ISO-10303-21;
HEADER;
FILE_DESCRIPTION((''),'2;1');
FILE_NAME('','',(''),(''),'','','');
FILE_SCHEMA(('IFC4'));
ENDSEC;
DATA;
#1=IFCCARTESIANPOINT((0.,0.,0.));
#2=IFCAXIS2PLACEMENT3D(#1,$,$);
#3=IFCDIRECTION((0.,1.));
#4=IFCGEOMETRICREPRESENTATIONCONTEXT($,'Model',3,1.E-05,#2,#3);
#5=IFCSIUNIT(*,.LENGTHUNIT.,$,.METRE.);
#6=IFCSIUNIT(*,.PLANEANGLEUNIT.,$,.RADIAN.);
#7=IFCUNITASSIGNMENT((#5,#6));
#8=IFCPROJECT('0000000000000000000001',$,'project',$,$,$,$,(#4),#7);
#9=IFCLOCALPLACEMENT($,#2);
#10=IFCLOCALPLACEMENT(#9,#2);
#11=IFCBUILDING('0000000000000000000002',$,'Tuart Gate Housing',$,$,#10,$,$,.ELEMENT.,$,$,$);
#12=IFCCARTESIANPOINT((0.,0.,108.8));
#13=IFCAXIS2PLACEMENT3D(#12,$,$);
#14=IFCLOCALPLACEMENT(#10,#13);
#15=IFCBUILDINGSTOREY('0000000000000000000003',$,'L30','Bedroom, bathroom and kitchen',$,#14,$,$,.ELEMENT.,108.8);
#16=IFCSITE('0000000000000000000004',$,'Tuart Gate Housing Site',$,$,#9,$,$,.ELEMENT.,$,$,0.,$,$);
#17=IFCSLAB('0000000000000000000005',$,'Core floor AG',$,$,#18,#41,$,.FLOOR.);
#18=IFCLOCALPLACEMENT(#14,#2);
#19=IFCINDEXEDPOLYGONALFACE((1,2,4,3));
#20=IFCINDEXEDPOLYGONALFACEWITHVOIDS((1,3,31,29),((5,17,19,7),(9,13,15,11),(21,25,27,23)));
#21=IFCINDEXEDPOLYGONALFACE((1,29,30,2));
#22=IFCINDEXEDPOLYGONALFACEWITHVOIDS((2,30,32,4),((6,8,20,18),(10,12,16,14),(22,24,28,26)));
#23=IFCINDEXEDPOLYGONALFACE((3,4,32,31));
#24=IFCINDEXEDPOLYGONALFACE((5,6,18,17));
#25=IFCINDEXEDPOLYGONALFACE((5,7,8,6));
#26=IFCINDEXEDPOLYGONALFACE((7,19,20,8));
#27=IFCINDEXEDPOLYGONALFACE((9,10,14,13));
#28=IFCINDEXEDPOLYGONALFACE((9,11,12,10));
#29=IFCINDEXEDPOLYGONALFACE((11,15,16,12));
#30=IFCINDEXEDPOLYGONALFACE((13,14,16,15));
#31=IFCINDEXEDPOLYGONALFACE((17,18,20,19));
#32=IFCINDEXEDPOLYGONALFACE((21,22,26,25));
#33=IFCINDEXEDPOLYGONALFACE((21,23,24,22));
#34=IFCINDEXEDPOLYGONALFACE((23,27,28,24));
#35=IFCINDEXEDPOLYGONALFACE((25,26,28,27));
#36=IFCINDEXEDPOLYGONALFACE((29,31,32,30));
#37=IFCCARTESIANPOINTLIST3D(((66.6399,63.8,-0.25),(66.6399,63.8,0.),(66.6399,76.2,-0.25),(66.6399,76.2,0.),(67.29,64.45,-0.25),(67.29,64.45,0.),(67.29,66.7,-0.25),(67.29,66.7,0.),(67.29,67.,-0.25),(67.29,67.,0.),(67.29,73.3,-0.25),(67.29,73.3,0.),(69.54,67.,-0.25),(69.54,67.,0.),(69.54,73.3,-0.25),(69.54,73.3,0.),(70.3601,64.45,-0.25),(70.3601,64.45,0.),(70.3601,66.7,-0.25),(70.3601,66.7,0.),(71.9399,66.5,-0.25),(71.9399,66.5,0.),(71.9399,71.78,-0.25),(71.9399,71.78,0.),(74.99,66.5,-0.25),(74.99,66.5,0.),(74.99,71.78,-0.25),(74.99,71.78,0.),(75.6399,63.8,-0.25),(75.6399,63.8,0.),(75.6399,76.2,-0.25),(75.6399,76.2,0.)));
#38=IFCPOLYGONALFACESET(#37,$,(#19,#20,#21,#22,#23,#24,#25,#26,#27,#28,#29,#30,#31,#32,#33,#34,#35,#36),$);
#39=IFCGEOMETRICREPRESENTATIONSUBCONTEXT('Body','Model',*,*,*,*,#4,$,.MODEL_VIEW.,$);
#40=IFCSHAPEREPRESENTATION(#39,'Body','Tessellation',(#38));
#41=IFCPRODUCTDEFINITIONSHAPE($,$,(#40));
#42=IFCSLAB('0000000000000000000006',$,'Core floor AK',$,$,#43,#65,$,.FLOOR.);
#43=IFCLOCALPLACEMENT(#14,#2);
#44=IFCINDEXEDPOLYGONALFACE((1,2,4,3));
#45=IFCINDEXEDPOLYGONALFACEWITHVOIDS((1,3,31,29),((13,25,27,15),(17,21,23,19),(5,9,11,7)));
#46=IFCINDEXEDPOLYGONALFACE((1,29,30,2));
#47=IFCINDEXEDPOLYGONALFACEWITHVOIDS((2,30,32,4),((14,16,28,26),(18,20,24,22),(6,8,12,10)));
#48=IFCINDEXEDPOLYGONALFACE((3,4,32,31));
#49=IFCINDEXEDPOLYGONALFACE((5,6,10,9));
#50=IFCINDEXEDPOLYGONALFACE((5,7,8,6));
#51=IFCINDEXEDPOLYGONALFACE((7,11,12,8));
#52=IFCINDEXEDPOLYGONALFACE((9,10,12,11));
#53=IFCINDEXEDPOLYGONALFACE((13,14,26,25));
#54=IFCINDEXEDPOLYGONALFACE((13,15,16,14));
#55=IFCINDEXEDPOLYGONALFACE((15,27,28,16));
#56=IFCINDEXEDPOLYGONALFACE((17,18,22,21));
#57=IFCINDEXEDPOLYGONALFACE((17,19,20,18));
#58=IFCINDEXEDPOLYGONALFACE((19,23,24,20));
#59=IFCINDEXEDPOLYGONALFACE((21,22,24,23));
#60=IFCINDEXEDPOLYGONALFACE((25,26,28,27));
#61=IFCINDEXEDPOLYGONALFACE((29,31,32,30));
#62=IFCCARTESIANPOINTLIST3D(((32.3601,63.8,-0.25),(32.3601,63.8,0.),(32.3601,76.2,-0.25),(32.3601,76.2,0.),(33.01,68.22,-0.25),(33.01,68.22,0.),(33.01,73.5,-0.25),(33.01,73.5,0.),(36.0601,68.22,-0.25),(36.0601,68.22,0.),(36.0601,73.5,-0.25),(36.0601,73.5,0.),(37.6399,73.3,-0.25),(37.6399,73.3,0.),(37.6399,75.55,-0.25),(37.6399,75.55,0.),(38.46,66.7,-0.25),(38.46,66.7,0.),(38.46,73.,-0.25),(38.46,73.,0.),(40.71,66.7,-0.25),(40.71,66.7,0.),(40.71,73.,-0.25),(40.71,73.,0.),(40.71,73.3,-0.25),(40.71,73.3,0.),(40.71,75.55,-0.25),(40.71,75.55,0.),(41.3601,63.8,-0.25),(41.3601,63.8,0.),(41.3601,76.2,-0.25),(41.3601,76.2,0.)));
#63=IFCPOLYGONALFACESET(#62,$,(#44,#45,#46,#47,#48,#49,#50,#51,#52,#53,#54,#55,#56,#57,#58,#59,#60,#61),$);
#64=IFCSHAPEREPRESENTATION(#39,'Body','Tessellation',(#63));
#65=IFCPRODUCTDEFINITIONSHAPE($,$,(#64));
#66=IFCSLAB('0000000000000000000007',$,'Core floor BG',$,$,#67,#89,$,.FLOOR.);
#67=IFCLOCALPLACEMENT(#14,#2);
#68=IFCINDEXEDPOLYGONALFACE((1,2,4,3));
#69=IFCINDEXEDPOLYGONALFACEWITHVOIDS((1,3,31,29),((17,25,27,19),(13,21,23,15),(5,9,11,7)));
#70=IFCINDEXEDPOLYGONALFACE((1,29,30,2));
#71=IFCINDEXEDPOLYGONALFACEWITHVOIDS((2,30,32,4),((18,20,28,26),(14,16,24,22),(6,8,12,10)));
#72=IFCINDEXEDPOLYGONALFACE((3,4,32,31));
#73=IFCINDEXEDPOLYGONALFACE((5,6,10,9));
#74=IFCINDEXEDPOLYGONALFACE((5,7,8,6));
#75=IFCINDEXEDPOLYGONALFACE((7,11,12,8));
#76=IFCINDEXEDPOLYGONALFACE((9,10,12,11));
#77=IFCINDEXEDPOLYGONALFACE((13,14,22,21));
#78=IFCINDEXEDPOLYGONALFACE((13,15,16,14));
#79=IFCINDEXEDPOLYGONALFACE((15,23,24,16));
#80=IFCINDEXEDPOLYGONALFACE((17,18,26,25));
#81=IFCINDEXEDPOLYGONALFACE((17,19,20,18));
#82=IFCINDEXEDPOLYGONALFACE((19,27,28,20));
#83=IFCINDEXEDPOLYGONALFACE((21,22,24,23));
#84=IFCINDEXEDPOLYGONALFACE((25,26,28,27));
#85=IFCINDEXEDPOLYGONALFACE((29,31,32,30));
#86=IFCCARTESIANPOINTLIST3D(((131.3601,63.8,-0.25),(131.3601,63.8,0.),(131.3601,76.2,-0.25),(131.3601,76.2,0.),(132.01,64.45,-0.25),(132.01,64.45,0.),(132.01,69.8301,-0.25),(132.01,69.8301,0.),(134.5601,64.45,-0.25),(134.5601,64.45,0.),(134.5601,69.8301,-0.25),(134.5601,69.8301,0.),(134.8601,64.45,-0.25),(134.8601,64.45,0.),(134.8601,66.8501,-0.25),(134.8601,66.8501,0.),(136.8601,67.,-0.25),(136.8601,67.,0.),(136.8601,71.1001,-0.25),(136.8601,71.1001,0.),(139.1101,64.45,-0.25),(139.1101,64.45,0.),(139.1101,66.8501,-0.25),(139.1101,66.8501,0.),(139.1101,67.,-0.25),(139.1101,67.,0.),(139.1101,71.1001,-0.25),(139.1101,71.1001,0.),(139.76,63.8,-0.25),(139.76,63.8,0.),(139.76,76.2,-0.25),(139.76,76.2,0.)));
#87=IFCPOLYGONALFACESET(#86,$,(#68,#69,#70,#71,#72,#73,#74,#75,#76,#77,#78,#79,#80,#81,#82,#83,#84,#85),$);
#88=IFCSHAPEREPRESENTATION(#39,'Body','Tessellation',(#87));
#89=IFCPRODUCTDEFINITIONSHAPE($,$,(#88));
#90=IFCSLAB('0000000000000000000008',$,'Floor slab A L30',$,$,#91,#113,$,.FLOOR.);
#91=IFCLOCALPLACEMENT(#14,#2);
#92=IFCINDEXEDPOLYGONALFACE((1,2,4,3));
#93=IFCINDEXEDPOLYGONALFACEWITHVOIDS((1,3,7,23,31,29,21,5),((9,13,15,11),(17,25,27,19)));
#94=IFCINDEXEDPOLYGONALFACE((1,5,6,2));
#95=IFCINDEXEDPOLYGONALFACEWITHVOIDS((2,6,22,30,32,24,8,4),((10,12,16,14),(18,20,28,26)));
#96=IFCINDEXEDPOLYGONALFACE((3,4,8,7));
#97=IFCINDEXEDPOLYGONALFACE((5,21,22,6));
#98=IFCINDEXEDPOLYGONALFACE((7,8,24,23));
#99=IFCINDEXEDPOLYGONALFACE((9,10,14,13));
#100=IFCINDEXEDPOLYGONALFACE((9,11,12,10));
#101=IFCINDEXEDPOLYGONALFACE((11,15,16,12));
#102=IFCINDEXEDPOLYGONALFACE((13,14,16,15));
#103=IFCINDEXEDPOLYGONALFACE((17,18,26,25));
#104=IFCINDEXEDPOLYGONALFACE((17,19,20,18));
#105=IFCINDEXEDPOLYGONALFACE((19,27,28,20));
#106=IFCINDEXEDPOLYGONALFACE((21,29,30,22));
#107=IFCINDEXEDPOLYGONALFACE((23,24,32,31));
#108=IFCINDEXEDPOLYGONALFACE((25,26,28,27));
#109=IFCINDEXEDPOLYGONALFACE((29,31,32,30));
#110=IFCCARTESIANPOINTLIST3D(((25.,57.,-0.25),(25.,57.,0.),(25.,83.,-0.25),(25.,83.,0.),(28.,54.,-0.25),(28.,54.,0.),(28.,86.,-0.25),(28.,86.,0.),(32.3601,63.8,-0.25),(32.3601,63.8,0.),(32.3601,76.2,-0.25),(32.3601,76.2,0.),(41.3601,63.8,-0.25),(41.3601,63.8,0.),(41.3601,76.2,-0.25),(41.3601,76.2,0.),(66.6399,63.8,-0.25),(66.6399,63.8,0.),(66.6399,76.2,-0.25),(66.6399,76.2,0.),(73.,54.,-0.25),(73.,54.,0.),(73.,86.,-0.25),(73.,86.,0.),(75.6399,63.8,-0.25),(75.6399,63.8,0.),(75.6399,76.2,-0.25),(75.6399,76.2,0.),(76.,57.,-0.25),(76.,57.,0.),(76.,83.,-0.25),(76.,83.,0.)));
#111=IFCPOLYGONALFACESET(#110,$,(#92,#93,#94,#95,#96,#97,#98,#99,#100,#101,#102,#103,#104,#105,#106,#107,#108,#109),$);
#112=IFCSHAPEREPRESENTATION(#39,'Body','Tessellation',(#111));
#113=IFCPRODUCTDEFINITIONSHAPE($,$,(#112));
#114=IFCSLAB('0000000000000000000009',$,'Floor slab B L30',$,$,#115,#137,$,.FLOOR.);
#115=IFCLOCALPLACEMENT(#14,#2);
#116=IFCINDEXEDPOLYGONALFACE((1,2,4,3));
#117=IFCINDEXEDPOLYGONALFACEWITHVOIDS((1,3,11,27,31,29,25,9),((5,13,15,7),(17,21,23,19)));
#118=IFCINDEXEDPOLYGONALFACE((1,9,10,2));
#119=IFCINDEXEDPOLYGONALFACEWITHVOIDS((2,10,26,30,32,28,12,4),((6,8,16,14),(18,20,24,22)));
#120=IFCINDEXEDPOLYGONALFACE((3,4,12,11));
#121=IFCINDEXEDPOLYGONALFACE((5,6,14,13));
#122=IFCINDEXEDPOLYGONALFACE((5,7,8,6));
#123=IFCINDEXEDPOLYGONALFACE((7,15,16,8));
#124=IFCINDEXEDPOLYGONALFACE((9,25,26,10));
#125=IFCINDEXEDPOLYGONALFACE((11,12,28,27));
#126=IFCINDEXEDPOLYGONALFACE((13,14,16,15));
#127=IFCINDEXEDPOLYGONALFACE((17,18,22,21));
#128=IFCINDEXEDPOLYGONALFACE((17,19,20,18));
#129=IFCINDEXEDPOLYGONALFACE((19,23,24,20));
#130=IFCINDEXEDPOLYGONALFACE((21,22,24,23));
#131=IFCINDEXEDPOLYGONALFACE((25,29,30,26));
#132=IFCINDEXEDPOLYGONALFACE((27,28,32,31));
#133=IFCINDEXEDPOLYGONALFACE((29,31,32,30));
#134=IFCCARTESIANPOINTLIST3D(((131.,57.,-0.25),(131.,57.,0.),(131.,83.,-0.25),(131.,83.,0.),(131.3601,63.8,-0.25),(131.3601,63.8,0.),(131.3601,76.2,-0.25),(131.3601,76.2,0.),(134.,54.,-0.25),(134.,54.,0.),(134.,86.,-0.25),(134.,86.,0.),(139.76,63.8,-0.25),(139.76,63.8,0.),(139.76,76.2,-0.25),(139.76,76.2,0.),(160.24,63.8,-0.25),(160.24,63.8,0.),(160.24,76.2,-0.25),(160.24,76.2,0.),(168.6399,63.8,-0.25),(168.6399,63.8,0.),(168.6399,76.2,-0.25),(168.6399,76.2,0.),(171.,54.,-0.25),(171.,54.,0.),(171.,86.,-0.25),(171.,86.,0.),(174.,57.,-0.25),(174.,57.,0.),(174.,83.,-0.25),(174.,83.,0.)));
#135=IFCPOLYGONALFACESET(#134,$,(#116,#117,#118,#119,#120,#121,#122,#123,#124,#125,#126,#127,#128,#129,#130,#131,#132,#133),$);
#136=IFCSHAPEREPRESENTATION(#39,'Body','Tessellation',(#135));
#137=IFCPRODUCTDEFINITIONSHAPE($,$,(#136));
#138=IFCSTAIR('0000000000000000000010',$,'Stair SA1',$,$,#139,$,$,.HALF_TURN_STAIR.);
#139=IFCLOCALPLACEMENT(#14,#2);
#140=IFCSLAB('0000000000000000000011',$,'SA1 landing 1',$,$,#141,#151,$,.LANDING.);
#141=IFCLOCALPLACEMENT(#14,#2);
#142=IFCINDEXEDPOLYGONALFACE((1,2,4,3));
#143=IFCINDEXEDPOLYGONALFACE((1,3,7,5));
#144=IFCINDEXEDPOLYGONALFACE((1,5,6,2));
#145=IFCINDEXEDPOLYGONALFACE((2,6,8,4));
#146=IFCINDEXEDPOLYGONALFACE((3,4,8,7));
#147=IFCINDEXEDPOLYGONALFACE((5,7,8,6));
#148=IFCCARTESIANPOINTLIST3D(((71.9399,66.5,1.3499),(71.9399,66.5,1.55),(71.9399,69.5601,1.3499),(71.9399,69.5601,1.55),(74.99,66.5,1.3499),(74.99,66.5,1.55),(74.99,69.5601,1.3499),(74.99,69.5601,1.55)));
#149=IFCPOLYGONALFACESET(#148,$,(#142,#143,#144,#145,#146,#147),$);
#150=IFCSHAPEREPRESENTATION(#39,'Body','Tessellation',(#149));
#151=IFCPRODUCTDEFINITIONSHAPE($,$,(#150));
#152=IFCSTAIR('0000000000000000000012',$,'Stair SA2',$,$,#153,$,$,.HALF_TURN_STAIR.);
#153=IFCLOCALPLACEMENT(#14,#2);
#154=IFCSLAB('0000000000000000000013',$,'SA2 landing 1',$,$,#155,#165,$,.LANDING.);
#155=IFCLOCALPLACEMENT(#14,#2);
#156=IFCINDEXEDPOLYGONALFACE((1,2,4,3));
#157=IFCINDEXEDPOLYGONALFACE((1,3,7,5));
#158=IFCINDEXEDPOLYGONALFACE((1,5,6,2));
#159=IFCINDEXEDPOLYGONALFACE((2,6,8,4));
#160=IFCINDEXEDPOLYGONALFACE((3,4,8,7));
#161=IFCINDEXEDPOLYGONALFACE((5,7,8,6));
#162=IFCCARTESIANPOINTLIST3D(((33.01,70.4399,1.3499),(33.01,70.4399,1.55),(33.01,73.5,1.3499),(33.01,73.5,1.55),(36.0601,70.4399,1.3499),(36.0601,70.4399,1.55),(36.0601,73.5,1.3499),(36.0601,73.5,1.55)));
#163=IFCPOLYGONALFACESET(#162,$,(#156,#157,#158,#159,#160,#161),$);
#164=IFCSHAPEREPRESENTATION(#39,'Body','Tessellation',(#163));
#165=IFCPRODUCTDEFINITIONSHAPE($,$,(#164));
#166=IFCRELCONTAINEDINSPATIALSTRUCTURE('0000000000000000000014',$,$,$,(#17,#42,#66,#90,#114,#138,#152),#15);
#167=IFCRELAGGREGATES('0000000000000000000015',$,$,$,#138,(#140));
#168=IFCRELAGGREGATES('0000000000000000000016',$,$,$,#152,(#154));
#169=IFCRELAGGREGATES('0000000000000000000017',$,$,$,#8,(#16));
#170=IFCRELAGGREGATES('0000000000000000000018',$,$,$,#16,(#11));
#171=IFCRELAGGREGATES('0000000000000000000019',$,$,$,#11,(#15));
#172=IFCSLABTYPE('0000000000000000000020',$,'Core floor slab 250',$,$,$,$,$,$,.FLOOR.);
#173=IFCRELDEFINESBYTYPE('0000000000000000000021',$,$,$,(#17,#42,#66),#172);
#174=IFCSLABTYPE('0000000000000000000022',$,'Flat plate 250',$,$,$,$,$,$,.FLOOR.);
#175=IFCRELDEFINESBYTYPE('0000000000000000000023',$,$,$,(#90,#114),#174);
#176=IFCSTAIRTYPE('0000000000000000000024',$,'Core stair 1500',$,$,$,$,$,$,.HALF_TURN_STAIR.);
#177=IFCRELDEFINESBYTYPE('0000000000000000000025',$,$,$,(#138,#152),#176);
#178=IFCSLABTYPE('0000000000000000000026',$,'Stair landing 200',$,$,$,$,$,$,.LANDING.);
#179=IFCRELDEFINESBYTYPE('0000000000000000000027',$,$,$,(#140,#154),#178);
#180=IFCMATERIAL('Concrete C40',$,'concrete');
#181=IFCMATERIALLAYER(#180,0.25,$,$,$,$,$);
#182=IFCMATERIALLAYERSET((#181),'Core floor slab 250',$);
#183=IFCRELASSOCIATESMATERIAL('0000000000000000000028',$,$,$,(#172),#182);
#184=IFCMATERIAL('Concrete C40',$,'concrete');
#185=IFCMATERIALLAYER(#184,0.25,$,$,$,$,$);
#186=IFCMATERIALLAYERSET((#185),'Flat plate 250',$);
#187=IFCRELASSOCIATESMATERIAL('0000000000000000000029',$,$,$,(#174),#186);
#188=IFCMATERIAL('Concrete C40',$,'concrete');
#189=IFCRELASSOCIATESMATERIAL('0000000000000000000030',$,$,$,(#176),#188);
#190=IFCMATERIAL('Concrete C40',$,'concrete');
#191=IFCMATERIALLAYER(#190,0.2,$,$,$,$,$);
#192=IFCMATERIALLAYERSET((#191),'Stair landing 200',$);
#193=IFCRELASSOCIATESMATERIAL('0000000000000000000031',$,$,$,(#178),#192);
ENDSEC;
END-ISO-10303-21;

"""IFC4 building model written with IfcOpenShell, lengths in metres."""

from ifc_helpers import new_model, si_unit, direction, frame, origin, place, context, subcontext, project, spatial, polyline, outline, extrude, material, layer, layer_set, type_object, element, aggregate, save


model = new_model("IFC4")

# Units and contexts
model_context = context("Model", 3, precision=1e-05, world=origin(), true_north=direction((0.0, 1.0)))
body_context = subcontext(model_context, "Body", "Model", "MODEL_VIEW")
ifc_project = project(units=[si_unit("LENGTHUNIT", "METRE"), si_unit("PLANEANGLEUNIT", "RADIAN")], contexts=[model_context])

# Site, building, storey
site_placement = place(None, origin())
site = spatial("IfcSite", under=ifc_project, at=site_placement, Name="Tuart Gate Housing Site", CompositionType="ELEMENT", RefElevation=0.0)
building_placement = place(site_placement, origin())
building = spatial("IfcBuilding", under=site, at=building_placement, Name="Tuart Gate Housing", CompositionType="ELEMENT")
storey_placement = place(building_placement, frame((0.0, 0.0, 108.8)))
storey = spatial("IfcBuildingStorey", under=building, at=storey_placement, Name="L30", Description="Bedroom, bathroom and kitchen", CompositionType="ELEMENT", Elevation=108.8)

# Slabs
ifc_material_1 = material(Name="Concrete C40", Category="concrete")
ifc_layer_1 = layer(ifc_material_1, 0.25)
ifc_layer_set_1 = layer_set([ifc_layer_1], Name="Core floor slab 250")
slab_type_1 = type_object("IfcSlabType", Name="Core floor slab 250", PredefinedType="FLOOR", material=ifc_layer_set_1)
slab_1_placement = place(storey_placement, frame((0.0, 0.0, -0.25)))
element("IfcSlab", 1, at=slab_1_placement, inside=storey, type_object=slab_type_1, Name="Core floor AG", PredefinedType="FLOOR", context=body_context, shape_type="SweptSolid", body=[
    extrude(outline(polyline([(66.6399, 63.8), (75.6399, 63.8), (75.6399, 76.2), (66.6399, 76.2), (66.6399, 63.8)]), holes=[polyline([(67.29, 64.45), (70.3601, 64.45), (70.3601, 66.7), (67.29, 66.7), (67.29, 64.45)]), polyline([(67.29, 67.0), (69.54, 67.0), (69.54, 73.3), (67.29, 73.3), (67.29, 67.0)]), polyline([(71.9399, 66.5), (74.99, 66.5), (74.99, 71.78), (71.9399, 71.78), (71.9399, 66.5)])]), origin(), (0.0, 0.0, 1.0), 0.25),
])
slab_2_placement = place(storey_placement, frame((0.0, 0.0, -0.25)))
element("IfcSlab", 2, at=slab_2_placement, inside=storey, type_object=slab_type_1, Name="Core floor AK", PredefinedType="FLOOR", context=body_context, shape_type="SweptSolid", body=[
    extrude(outline(polyline([(32.3601, 63.8), (41.3601, 63.8), (41.3601, 76.2), (32.3601, 76.2), (32.3601, 63.8)]), holes=[polyline([(40.71, 75.55), (37.6399, 75.55), (37.6399, 73.3), (40.71, 73.3), (40.71, 75.55)]), polyline([(40.71, 73.0), (38.46, 73.0), (38.46, 66.7), (40.71, 66.7), (40.71, 73.0)]), polyline([(36.0601, 73.5), (33.01, 73.5), (33.01, 68.22), (36.0601, 68.22), (36.0601, 73.5)])]), origin(), (0.0, 0.0, 1.0), 0.25),
])
slab_3_placement = place(storey_placement, frame((0.0, 0.0, -0.25)))
element("IfcSlab", 3, at=slab_3_placement, inside=storey, type_object=slab_type_1, Name="Core floor BG", PredefinedType="FLOOR", context=body_context, shape_type="SweptSolid", body=[
    extrude(outline(polyline([(131.3601, 63.8), (139.76, 63.8), (139.76, 76.2), (131.3601, 76.2), (131.3601, 63.8)]), holes=[polyline([(139.1101, 66.8501), (134.8601, 66.8501), (134.8601, 64.45), (139.1101, 64.45), (139.1101, 66.8501)]), polyline([(139.1101, 71.1001), (136.8601, 71.1001), (136.8601, 67.0), (139.1101, 67.0), (139.1101, 71.1001)]), polyline([(134.5601, 69.8301), (132.01, 69.8301), (132.01, 64.45), (134.5601, 64.45), (134.5601, 69.8301)])]), origin(), (0.0, 0.0, 1.0), 0.25),
])
ifc_material_2 = material(Name="Concrete C40", Category="concrete")
ifc_layer_2 = layer(ifc_material_2, 0.25)
ifc_layer_set_2 = layer_set([ifc_layer_2], Name="Flat plate 250")
slab_type_2 = type_object("IfcSlabType", Name="Flat plate 250", PredefinedType="FLOOR", material=ifc_layer_set_2)
slab_4_placement = place(storey_placement, frame((0.0, 0.0, -0.25)))
element("IfcSlab", 4, at=slab_4_placement, inside=storey, type_object=slab_type_2, Name="Floor slab A L30", PredefinedType="FLOOR", context=body_context, shape_type="SweptSolid", body=[
    extrude(outline(polyline([(28.0, 86.0), (25.0, 83.0), (25.0, 57.0), (28.0, 54.0), (73.0, 54.0), (76.0, 57.0), (76.0, 83.0), (73.0, 86.0), (28.0, 86.0)]), holes=[polyline([(66.6399, 76.2), (75.6399, 76.2), (75.6399, 63.8), (66.6399, 63.8), (66.6399, 76.2)]), polyline([(41.3601, 76.2), (41.3601, 63.8), (32.3601, 63.8), (32.3601, 76.2), (41.3601, 76.2)])]), origin(), (0.0, 0.0, 1.0), 0.25),
])
slab_5_placement = place(storey_placement, frame((0.0, 0.0, -0.25)))
element("IfcSlab", 5, at=slab_5_placement, inside=storey, type_object=slab_type_2, Name="Floor slab B L30", PredefinedType="FLOOR", context=body_context, shape_type="SweptSolid", body=[
    extrude(outline(polyline([(134.0, 86.0), (131.0, 83.0), (131.0, 57.0), (134.0, 54.0), (171.0, 54.0), (174.0, 57.0), (174.0, 83.0), (171.0, 86.0), (134.0, 86.0)]), holes=[polyline([(131.3601, 76.2), (139.76, 76.2), (139.76, 63.8), (131.3601, 63.8), (131.3601, 76.2)]), polyline([(168.6399, 76.2), (168.6399, 63.8), (160.24, 63.8), (160.24, 76.2), (168.6399, 76.2)])]), origin(), (0.0, 0.0, 1.0), 0.25),
])

# Stairs, slabs
ifc_material_3 = material(Name="Concrete C40", Category="concrete")
stair_type = type_object("IfcStairType", Name="Core stair 1500", PredefinedType="HALF_TURN_STAIR", material=ifc_material_3)
stair_1_placement = place(storey_placement, origin())
stair_1 = element("IfcStair", 6, at=stair_1_placement, inside=storey, type_object=stair_type, Name="Stair SA1", PredefinedType="HALF_TURN_STAIR")
ifc_material_4 = material(Name="Concrete C40", Category="concrete")
ifc_layer_3 = layer(ifc_material_4, 0.2)
ifc_layer_set_3 = layer_set([ifc_layer_3], Name="Stair landing 200")
slab_type_3 = type_object("IfcSlabType", Name="Stair landing 200", PredefinedType="LANDING", material=ifc_layer_set_3)
slab_6_placement = place(storey_placement, frame((0.0, 0.0, 1.3499)))
slab_6 = element("IfcSlab", 7, at=slab_6_placement, type_object=slab_type_3, Name="SA1 landing 1", PredefinedType="LANDING", context=body_context, shape_type="SweptSolid", body=[
    extrude(outline(polyline([(71.9399, 66.5), (74.99, 66.5), (74.99, 69.5601), (71.9399, 69.5601), (71.9399, 66.5)])), origin(), (0.0, 0.0, 1.0), 0.2002),
])
aggregate(stair_1, [slab_6])
stair_2_placement = place(storey_placement, origin())
stair_2 = element("IfcStair", 8, at=stair_2_placement, inside=storey, type_object=stair_type, Name="Stair SA2", PredefinedType="HALF_TURN_STAIR")
slab_7_placement = place(storey_placement, frame((0.0, 0.0, 1.3499)))
slab_7 = element("IfcSlab", 9, at=slab_7_placement, type_object=slab_type_3, Name="SA2 landing 1", PredefinedType="LANDING", context=body_context, shape_type="SweptSolid", body=[
    extrude(outline(polyline([(36.0601, 73.5), (33.01, 73.5), (33.01, 70.4399), (36.0601, 70.4399), (36.0601, 73.5)])), origin(), (0.0, 0.0, 1.0), 0.2002),
])
aggregate(stair_2, [slab_7])

save(model, "model.ifc")
